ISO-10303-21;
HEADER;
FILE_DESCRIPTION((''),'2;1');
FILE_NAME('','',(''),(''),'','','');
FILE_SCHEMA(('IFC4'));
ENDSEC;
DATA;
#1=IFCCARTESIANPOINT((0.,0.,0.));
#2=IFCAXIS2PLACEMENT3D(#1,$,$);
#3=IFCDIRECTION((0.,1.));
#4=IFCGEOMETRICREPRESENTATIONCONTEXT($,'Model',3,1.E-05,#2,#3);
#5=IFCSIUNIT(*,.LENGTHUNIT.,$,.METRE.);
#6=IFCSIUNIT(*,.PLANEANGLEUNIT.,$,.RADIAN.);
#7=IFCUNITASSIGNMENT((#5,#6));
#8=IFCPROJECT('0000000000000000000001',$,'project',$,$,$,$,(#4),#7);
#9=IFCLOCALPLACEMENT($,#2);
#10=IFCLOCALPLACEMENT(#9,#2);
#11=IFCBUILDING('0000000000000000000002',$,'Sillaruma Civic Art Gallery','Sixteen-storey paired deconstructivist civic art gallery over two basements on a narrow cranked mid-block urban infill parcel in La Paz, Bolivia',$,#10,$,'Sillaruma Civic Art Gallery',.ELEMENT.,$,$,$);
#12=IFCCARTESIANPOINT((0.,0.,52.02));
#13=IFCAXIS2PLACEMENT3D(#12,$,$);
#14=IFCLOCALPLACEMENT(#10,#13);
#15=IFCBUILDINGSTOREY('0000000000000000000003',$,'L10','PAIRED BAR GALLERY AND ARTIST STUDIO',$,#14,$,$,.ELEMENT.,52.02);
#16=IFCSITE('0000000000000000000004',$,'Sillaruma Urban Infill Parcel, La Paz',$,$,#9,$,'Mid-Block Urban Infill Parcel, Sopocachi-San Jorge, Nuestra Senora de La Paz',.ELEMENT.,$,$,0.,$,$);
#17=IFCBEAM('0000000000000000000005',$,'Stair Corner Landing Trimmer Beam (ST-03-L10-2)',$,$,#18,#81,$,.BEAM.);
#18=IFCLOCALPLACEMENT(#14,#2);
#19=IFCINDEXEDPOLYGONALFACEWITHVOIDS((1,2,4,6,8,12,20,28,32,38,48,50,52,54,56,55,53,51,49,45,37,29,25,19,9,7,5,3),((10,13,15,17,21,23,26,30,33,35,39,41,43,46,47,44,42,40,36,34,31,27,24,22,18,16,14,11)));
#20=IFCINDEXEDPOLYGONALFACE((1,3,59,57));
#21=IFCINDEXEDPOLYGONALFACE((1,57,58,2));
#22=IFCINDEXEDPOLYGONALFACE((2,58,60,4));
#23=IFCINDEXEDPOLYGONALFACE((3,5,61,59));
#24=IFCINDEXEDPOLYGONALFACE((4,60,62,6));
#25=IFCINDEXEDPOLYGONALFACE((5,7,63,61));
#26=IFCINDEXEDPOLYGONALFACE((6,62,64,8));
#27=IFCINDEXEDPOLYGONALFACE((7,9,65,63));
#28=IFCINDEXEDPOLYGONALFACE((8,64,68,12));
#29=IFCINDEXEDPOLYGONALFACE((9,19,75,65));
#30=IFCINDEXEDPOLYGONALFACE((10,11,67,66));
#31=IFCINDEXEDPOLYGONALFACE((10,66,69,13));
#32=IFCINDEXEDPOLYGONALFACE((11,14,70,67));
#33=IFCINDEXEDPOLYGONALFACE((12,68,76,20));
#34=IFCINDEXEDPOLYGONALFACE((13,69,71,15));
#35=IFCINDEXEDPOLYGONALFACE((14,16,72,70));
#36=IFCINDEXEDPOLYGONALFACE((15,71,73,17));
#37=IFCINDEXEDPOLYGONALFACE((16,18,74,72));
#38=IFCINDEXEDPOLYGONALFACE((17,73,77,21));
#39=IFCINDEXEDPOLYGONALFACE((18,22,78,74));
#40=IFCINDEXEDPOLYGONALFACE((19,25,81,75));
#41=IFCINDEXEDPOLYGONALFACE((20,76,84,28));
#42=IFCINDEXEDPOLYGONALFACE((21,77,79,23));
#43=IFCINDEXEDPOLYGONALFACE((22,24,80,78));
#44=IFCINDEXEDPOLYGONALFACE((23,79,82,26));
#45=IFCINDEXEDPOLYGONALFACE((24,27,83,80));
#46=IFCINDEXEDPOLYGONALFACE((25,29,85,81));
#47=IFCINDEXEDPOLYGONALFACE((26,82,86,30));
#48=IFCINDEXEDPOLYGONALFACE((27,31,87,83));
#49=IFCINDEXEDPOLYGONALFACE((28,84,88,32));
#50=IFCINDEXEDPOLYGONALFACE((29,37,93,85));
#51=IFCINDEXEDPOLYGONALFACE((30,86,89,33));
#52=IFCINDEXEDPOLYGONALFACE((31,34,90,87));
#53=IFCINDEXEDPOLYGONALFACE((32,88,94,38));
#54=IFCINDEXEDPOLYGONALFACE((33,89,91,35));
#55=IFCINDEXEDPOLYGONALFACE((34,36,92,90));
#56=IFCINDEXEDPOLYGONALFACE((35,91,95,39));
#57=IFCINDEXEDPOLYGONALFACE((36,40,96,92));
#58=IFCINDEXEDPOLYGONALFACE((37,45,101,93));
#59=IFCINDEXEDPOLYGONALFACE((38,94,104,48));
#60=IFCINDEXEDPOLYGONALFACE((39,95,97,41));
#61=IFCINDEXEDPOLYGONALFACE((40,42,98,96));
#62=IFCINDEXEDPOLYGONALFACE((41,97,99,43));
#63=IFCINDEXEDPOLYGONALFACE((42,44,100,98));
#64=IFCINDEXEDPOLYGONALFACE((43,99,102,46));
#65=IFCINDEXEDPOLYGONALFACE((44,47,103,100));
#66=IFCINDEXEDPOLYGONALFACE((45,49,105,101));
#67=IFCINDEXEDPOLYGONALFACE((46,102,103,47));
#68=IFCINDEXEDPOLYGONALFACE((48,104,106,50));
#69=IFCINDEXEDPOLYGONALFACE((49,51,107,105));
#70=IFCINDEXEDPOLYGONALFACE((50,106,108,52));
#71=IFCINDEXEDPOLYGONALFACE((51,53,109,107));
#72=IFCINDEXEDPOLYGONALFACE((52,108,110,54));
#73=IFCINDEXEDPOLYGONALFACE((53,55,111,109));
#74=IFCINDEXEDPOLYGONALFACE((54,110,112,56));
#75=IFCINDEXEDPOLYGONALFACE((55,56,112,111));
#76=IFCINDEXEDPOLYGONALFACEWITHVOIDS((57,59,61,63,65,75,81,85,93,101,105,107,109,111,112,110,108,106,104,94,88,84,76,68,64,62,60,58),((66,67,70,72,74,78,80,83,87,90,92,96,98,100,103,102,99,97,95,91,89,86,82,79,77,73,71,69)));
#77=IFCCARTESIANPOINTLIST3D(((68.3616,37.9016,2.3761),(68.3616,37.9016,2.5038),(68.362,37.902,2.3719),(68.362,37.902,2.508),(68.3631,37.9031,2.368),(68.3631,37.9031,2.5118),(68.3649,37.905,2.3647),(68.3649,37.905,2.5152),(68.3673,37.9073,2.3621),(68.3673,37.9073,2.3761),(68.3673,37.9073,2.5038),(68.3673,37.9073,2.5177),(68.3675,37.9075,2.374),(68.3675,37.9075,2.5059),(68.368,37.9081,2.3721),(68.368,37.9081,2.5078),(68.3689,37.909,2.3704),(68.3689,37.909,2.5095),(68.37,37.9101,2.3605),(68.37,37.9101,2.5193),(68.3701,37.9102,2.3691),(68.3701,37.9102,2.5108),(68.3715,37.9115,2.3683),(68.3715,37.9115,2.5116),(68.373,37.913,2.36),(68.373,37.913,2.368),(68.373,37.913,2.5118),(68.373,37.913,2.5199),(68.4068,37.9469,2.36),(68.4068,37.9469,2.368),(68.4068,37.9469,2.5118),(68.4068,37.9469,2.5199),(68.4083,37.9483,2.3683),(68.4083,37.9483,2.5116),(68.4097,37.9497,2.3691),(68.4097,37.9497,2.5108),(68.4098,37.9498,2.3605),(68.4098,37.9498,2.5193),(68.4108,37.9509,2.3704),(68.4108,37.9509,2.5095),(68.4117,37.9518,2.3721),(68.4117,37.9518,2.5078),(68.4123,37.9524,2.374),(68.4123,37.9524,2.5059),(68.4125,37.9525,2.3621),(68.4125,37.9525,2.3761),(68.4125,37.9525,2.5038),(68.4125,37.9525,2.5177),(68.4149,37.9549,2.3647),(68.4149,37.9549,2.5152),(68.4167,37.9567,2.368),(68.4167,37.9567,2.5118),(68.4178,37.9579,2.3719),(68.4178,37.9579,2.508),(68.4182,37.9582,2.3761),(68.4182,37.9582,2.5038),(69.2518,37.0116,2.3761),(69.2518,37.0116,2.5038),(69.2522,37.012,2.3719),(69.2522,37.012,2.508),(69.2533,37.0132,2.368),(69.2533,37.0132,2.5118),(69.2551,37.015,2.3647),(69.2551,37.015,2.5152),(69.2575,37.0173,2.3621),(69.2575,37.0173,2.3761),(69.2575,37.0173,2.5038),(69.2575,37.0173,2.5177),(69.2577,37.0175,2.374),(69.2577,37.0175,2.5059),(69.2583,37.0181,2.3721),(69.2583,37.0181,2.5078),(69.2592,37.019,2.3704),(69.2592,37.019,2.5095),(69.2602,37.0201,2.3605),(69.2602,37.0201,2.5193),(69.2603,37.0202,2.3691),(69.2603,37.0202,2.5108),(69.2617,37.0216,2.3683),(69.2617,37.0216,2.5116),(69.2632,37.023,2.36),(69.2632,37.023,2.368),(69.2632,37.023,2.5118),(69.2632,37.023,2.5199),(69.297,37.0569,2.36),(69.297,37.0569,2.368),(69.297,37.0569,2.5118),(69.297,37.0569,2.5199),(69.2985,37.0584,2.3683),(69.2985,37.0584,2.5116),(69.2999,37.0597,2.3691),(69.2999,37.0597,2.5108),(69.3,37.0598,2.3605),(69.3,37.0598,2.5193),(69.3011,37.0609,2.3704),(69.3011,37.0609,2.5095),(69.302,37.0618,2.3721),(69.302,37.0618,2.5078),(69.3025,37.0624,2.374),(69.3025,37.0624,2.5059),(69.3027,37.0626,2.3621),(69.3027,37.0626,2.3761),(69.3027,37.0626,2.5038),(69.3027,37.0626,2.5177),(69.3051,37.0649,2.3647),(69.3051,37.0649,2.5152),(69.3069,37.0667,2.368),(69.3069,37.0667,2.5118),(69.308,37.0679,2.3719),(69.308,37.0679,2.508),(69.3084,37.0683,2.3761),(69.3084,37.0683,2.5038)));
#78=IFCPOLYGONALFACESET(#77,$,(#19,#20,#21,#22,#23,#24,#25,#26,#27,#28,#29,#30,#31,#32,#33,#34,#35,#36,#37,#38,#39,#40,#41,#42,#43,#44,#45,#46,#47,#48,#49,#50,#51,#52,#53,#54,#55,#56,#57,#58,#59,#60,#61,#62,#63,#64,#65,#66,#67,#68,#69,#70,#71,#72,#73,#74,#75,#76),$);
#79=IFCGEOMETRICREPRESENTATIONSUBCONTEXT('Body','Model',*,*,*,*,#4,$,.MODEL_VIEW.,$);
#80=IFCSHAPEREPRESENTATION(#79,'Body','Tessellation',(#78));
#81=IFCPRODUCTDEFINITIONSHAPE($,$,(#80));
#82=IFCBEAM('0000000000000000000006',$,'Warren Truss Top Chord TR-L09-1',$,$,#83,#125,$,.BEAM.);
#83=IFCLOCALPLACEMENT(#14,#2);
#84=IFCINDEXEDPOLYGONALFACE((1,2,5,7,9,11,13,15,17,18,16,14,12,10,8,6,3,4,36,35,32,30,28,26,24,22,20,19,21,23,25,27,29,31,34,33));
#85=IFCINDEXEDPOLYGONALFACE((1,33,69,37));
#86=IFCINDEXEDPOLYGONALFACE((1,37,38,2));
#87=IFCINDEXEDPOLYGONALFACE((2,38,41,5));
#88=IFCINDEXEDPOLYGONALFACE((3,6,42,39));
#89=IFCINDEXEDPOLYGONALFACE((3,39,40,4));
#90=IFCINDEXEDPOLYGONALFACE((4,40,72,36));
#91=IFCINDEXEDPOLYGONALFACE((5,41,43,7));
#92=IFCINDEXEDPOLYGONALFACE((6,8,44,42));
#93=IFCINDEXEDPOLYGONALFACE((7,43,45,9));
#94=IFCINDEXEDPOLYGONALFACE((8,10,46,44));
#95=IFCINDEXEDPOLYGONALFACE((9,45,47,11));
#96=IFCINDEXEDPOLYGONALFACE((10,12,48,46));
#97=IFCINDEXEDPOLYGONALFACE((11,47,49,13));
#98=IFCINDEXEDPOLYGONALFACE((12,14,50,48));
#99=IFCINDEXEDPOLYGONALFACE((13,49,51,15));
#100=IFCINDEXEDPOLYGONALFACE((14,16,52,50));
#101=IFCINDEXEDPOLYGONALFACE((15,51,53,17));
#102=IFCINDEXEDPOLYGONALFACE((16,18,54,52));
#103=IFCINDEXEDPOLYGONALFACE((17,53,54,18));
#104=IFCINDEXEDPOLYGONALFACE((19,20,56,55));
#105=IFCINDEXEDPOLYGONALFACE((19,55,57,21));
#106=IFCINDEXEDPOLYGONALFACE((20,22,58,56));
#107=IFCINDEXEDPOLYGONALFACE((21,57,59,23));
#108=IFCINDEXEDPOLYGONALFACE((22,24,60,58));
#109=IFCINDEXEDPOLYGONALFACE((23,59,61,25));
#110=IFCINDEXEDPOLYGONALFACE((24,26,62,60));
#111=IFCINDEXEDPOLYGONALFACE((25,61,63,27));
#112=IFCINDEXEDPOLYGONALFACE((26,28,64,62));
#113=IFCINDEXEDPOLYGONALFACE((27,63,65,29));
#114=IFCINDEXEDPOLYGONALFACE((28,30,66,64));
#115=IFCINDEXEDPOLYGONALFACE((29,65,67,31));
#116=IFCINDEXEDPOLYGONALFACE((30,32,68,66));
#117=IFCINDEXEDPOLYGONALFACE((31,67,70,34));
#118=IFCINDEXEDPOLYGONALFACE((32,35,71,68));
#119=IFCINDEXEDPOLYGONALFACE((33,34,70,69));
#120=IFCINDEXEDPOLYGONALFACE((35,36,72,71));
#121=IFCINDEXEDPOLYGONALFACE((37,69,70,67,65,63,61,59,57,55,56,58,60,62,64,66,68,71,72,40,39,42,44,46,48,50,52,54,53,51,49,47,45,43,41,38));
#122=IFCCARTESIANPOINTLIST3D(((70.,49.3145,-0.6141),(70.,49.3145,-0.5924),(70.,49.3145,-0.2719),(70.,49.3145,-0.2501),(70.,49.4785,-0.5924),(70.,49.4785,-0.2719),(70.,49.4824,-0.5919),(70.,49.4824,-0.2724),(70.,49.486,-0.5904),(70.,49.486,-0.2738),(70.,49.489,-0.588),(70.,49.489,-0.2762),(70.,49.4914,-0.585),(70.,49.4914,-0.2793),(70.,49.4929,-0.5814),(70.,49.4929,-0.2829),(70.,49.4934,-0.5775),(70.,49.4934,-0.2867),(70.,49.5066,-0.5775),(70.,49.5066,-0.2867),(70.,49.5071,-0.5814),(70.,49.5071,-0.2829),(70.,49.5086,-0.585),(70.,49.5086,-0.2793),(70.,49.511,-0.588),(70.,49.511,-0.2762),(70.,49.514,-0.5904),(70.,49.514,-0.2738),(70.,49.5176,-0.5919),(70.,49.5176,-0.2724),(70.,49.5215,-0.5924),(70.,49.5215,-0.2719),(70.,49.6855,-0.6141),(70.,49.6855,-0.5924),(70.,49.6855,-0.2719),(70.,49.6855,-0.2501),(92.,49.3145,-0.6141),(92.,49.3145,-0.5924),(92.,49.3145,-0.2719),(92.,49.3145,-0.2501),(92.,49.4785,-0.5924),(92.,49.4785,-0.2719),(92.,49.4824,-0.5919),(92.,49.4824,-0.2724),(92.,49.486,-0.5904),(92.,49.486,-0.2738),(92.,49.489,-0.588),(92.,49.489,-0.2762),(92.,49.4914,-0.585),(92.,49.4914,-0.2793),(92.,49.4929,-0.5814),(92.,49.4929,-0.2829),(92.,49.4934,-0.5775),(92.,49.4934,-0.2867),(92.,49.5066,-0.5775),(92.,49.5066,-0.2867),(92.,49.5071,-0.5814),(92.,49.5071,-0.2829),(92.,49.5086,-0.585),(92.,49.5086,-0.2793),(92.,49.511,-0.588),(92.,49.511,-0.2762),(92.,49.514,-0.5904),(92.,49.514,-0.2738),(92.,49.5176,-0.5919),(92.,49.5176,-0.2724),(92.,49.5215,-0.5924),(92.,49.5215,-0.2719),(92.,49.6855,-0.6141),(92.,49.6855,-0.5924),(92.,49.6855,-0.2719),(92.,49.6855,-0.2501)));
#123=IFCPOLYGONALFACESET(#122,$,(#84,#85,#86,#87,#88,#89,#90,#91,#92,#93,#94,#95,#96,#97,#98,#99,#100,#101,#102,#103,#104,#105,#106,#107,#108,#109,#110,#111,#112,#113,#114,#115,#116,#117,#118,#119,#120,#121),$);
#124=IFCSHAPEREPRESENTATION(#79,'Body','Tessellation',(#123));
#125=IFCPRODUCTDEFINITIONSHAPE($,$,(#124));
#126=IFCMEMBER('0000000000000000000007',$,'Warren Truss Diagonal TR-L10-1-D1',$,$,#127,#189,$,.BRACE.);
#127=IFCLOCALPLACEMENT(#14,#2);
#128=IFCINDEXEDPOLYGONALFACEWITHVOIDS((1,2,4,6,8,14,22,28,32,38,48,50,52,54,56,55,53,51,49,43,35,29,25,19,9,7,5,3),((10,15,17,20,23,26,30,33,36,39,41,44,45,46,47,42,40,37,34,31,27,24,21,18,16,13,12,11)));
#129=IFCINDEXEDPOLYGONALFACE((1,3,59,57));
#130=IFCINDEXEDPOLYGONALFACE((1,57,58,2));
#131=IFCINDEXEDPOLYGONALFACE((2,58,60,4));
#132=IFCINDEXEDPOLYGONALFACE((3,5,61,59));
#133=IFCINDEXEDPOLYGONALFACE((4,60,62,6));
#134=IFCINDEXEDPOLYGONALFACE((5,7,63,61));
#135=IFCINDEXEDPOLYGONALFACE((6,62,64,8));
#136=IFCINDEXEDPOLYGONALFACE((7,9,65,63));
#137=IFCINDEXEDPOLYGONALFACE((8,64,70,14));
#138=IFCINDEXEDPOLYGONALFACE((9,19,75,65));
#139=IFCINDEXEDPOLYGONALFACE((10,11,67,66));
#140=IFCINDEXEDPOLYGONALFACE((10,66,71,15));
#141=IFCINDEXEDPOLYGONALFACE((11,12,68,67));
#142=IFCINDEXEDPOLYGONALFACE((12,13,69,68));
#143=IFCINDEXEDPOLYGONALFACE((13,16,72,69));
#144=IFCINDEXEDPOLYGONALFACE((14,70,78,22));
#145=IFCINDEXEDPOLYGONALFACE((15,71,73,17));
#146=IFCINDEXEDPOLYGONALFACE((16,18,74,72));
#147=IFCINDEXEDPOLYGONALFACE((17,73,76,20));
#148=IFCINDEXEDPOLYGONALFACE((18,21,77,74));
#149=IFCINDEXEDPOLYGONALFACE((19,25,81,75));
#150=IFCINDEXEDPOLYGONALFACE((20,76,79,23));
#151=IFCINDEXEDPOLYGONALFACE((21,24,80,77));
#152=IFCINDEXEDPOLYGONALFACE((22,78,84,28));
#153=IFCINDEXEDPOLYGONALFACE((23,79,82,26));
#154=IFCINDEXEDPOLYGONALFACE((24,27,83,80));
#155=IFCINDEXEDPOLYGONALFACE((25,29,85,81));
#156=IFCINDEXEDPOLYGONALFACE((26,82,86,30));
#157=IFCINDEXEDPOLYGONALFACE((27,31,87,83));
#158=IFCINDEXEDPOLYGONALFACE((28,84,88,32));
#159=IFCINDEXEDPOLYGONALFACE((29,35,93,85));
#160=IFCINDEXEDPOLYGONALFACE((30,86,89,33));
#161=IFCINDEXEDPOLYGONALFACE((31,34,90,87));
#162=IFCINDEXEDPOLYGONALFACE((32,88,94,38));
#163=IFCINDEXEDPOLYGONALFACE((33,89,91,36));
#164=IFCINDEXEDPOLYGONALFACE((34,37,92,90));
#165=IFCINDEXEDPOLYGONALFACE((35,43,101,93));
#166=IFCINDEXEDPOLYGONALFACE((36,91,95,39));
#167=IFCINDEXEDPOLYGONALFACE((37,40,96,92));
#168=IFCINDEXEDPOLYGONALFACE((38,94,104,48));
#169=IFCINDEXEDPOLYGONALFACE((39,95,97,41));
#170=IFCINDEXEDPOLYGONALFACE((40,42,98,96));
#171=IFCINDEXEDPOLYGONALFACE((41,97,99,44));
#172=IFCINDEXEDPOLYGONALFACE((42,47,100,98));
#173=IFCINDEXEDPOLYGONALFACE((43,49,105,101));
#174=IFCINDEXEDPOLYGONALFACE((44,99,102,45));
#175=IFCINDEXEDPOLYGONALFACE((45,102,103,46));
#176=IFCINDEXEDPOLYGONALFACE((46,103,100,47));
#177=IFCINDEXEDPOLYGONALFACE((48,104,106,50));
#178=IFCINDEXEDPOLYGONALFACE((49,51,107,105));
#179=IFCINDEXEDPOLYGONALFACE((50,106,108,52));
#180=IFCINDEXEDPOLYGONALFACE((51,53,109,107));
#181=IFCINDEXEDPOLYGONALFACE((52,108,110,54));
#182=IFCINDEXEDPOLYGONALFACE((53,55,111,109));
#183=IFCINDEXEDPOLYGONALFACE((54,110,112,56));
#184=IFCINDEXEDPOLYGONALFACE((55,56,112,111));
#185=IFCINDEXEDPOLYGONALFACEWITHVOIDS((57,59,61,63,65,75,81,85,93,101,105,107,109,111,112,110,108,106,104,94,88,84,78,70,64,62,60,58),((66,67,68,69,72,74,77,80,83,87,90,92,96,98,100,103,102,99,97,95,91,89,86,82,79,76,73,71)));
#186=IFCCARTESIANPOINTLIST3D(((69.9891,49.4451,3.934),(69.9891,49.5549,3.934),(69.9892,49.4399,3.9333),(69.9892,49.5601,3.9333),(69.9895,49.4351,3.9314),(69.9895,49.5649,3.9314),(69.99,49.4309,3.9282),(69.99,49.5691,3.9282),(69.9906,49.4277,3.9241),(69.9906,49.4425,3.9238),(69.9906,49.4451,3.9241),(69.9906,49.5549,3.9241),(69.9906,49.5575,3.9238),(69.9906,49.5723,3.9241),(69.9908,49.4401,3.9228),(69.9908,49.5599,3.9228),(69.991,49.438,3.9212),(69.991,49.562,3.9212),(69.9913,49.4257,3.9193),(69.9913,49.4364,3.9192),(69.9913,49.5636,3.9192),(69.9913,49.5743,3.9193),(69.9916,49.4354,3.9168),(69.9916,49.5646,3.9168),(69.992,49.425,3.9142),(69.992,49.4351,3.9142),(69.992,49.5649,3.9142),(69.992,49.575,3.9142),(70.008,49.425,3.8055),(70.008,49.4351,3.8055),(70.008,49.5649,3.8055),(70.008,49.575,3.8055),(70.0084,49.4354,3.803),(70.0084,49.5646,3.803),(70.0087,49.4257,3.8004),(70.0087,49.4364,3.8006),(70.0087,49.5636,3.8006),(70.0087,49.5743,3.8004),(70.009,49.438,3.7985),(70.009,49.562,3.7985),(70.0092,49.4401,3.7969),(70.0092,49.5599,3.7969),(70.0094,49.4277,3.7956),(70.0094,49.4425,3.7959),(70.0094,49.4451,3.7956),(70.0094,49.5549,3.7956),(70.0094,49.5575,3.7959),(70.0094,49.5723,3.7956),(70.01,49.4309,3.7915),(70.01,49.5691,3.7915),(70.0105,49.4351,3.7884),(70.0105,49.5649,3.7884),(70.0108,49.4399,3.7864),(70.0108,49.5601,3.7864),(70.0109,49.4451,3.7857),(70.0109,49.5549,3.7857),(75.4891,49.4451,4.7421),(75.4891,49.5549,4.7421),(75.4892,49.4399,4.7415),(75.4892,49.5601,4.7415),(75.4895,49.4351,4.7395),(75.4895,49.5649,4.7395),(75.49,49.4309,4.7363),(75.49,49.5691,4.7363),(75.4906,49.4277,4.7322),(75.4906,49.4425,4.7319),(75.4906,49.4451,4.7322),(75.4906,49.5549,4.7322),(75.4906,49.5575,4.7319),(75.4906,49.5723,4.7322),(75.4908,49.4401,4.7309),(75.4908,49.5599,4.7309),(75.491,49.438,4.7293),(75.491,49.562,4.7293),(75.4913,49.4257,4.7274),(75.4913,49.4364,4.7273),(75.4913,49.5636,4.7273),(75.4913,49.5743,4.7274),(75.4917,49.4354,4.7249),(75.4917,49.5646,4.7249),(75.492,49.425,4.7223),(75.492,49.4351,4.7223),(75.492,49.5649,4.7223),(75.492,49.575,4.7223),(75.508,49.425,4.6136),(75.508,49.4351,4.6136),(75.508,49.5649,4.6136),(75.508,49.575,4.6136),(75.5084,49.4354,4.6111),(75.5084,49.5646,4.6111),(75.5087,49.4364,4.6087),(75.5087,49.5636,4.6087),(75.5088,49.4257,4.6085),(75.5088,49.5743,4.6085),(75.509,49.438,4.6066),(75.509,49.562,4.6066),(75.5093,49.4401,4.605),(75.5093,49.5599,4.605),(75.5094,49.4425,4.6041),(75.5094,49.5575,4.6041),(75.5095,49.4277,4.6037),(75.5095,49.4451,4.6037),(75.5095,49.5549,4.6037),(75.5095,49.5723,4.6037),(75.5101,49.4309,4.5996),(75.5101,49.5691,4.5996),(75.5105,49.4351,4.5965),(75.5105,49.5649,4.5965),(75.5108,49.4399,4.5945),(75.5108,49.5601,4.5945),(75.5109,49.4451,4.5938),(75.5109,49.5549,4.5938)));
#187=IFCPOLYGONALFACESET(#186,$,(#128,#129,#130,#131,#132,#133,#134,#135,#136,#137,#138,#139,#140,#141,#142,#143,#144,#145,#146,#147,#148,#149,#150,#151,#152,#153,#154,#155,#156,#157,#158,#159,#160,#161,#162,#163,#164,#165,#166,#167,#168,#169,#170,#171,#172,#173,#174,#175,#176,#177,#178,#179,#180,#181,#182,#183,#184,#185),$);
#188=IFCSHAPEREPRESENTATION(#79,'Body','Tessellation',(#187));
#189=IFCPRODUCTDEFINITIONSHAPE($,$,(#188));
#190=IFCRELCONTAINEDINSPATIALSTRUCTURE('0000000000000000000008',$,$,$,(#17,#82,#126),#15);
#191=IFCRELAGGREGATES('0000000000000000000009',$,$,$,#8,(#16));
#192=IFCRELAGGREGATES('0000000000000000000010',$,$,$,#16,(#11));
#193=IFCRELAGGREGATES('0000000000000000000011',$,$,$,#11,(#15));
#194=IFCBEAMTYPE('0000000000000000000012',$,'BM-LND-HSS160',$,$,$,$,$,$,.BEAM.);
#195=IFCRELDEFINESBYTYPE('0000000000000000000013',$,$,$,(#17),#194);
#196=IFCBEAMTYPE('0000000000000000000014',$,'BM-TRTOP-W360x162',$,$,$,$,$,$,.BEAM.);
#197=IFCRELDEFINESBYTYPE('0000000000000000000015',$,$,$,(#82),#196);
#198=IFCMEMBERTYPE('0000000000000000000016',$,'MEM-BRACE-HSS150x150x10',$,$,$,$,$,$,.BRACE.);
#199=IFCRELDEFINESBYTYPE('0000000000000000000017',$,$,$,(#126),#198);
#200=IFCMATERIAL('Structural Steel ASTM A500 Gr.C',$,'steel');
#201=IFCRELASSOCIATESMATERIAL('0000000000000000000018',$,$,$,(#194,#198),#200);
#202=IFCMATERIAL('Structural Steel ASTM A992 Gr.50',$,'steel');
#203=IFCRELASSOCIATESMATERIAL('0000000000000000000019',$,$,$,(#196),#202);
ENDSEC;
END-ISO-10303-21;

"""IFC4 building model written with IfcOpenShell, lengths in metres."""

from ifc_helpers import new_model, si_unit, direction, frame, origin, origin_2d, place, context, subcontext, project, spatial, hollow_rectangle, i_section, extrude, material, material_profile, profile_set, type_object, element, save


model = new_model("IFC4")

# Units and contexts
model_context = context("Model", 3, precision=1e-05, world=origin(), true_north=direction((0.0, 1.0)))
body_context = subcontext(model_context, "Body", "Model", "MODEL_VIEW")
ifc_project = project(units=[si_unit("LENGTHUNIT", "METRE"), si_unit("PLANEANGLEUNIT", "RADIAN")], contexts=[model_context])

# Site, building, storey
site_placement = place(None, origin())
site = spatial("IfcSite", under=ifc_project, at=site_placement, Name="Sillaruma Urban Infill Parcel, La Paz", LongName="Mid-Block Urban Infill Parcel, Sopocachi-San Jorge, Nuestra Senora de La Paz", CompositionType="ELEMENT", RefElevation=0.0)
building_placement = place(site_placement, origin())
building = spatial("IfcBuilding", under=site, at=building_placement, Name="Sillaruma Civic Art Gallery", Description="Sixteen-storey paired deconstructivist civic art gallery over two basements on a narrow cranked mid-block urban infill parcel in La Paz, Bolivia", LongName="Sillaruma Civic Art Gallery", CompositionType="ELEMENT")
storey_placement = place(building_placement, frame((0.0, 0.0, 52.02)))
storey = spatial("IfcBuildingStorey", under=building, at=storey_placement, Name="L10", Description="PAIRED BAR GALLERY AND ARTIST STUDIO", CompositionType="ELEMENT", Elevation=52.02)

# Beams
ifc_material_1 = material(Name="Structural Steel ASTM A500 Gr.C", Category="steel")
ifc_material_profile_1 = material_profile(ifc_material_1, hollow_rectangle(XDim=0.0801, YDim=0.1599, WallThickness=0.0081, InnerFilletRadius=0.0081, OuterFilletRadius=0.0161, at=origin_2d()), Name="HSS160x80x8")
ifc_profile_set_1 = profile_set([ifc_material_profile_1], Name="Structural Steel ASTM A500 Gr.C")
beam_type_1 = type_object("IfcBeamType", Name="BM-LND-HSS160", PredefinedType="BEAM", material=ifc_profile_set_1)
for number, where, z_axis, x_axis, name in (
    (1, (68.3899, 37.9299, 2.4399), (0.707204, -0.70701, 0.0), (0.70701, 0.707204, 0.0), "Stair Corner Landing Trimmer Beam (ST-03-L10-2)"),
):
    element("IfcBeam", number, at=place(storey_placement, frame(where, z_axis=z_axis, x_axis=x_axis)), inside=storey, type_object=beam_type_1, Name=name, PredefinedType="BEAM", context=body_context, shape_type="SweptSolid", body=[
        extrude(hollow_rectangle(XDim=0.0801, YDim=0.1599, WallThickness=0.0081, InnerFilletRadius=0.0081, OuterFilletRadius=0.0161, at=origin_2d()), origin(), (0.0, 0.0, 1.0), 1.2588),
    ])
ifc_material_2 = material(Name="Structural Steel ASTM A992 Gr.50", Category="steel")
ifc_material_profile_2 = material_profile(ifc_material_2, i_section(OverallWidth=0.3711, OverallDepth=0.364, WebThickness=0.0132, FlangeThickness=0.0217, FilletRadius=0.0149, at=origin_2d()), Name="W360x162")
ifc_profile_set_2 = profile_set([ifc_material_profile_2], Name="Structural Steel ASTM A992 Gr.50")
beam_type_2 = type_object("IfcBeamType", Name="BM-TRTOP-W360x162", PredefinedType="BEAM", material=ifc_profile_set_2)
beam_1_placement = place(storey_placement, frame((70.0, 49.5, -0.4321), z_axis=(1.0, 0.0, 0.0), x_axis=(0.0, 1.0, 0.0)))
element("IfcBeam", 2, at=beam_1_placement, inside=storey, type_object=beam_type_2, Name="Warren Truss Top Chord TR-L09-1", PredefinedType="BEAM", context=body_context, shape_type="SweptSolid", body=[
    extrude(i_section(OverallWidth=0.3711, OverallDepth=0.364, WebThickness=0.0132, FlangeThickness=0.0217, FilletRadius=0.0149, at=origin_2d()), origin(), (0.0, 0.0, 1.0), 22.0),
])

# Member
ifc_material_profile_3 = material_profile(ifc_material_1, hollow_rectangle(XDim=0.1499, YDim=0.1499, WallThickness=0.01, InnerFilletRadius=0.01, OuterFilletRadius=0.02, at=origin_2d()), Name="HSS150x150x10")
ifc_profile_set_3 = profile_set([ifc_material_profile_3], Name="Structural Steel ASTM A500 Gr.C")
member_type_1 = type_object("IfcMemberType", Name="MEM-BRACE-HSS150x150x10", PredefinedType="BRACE", material=ifc_profile_set_3)
for number, where, z_axis, x_axis, name in (
    (3, (70.0, 49.5, 3.8599), (0.989378, 0.0, 0.145368), (0.0, 1.0, 0.0), "Warren Truss Diagonal TR-L10-1-D1"),
):
    element("IfcMember", number, at=place(storey_placement, frame(where, z_axis=z_axis, x_axis=x_axis)), inside=storey, type_object=member_type_1, Name=name, PredefinedType="BRACE", context=body_context, shape_type="SweptSolid", body=[
        extrude(hollow_rectangle(XDim=0.1499, YDim=0.1499, WallThickness=0.01, InnerFilletRadius=0.01, OuterFilletRadius=0.02, at=origin_2d()), origin(), (0.0, 0.0, 1.0), 5.5591),
    ])

save(model, "model.ifc")
